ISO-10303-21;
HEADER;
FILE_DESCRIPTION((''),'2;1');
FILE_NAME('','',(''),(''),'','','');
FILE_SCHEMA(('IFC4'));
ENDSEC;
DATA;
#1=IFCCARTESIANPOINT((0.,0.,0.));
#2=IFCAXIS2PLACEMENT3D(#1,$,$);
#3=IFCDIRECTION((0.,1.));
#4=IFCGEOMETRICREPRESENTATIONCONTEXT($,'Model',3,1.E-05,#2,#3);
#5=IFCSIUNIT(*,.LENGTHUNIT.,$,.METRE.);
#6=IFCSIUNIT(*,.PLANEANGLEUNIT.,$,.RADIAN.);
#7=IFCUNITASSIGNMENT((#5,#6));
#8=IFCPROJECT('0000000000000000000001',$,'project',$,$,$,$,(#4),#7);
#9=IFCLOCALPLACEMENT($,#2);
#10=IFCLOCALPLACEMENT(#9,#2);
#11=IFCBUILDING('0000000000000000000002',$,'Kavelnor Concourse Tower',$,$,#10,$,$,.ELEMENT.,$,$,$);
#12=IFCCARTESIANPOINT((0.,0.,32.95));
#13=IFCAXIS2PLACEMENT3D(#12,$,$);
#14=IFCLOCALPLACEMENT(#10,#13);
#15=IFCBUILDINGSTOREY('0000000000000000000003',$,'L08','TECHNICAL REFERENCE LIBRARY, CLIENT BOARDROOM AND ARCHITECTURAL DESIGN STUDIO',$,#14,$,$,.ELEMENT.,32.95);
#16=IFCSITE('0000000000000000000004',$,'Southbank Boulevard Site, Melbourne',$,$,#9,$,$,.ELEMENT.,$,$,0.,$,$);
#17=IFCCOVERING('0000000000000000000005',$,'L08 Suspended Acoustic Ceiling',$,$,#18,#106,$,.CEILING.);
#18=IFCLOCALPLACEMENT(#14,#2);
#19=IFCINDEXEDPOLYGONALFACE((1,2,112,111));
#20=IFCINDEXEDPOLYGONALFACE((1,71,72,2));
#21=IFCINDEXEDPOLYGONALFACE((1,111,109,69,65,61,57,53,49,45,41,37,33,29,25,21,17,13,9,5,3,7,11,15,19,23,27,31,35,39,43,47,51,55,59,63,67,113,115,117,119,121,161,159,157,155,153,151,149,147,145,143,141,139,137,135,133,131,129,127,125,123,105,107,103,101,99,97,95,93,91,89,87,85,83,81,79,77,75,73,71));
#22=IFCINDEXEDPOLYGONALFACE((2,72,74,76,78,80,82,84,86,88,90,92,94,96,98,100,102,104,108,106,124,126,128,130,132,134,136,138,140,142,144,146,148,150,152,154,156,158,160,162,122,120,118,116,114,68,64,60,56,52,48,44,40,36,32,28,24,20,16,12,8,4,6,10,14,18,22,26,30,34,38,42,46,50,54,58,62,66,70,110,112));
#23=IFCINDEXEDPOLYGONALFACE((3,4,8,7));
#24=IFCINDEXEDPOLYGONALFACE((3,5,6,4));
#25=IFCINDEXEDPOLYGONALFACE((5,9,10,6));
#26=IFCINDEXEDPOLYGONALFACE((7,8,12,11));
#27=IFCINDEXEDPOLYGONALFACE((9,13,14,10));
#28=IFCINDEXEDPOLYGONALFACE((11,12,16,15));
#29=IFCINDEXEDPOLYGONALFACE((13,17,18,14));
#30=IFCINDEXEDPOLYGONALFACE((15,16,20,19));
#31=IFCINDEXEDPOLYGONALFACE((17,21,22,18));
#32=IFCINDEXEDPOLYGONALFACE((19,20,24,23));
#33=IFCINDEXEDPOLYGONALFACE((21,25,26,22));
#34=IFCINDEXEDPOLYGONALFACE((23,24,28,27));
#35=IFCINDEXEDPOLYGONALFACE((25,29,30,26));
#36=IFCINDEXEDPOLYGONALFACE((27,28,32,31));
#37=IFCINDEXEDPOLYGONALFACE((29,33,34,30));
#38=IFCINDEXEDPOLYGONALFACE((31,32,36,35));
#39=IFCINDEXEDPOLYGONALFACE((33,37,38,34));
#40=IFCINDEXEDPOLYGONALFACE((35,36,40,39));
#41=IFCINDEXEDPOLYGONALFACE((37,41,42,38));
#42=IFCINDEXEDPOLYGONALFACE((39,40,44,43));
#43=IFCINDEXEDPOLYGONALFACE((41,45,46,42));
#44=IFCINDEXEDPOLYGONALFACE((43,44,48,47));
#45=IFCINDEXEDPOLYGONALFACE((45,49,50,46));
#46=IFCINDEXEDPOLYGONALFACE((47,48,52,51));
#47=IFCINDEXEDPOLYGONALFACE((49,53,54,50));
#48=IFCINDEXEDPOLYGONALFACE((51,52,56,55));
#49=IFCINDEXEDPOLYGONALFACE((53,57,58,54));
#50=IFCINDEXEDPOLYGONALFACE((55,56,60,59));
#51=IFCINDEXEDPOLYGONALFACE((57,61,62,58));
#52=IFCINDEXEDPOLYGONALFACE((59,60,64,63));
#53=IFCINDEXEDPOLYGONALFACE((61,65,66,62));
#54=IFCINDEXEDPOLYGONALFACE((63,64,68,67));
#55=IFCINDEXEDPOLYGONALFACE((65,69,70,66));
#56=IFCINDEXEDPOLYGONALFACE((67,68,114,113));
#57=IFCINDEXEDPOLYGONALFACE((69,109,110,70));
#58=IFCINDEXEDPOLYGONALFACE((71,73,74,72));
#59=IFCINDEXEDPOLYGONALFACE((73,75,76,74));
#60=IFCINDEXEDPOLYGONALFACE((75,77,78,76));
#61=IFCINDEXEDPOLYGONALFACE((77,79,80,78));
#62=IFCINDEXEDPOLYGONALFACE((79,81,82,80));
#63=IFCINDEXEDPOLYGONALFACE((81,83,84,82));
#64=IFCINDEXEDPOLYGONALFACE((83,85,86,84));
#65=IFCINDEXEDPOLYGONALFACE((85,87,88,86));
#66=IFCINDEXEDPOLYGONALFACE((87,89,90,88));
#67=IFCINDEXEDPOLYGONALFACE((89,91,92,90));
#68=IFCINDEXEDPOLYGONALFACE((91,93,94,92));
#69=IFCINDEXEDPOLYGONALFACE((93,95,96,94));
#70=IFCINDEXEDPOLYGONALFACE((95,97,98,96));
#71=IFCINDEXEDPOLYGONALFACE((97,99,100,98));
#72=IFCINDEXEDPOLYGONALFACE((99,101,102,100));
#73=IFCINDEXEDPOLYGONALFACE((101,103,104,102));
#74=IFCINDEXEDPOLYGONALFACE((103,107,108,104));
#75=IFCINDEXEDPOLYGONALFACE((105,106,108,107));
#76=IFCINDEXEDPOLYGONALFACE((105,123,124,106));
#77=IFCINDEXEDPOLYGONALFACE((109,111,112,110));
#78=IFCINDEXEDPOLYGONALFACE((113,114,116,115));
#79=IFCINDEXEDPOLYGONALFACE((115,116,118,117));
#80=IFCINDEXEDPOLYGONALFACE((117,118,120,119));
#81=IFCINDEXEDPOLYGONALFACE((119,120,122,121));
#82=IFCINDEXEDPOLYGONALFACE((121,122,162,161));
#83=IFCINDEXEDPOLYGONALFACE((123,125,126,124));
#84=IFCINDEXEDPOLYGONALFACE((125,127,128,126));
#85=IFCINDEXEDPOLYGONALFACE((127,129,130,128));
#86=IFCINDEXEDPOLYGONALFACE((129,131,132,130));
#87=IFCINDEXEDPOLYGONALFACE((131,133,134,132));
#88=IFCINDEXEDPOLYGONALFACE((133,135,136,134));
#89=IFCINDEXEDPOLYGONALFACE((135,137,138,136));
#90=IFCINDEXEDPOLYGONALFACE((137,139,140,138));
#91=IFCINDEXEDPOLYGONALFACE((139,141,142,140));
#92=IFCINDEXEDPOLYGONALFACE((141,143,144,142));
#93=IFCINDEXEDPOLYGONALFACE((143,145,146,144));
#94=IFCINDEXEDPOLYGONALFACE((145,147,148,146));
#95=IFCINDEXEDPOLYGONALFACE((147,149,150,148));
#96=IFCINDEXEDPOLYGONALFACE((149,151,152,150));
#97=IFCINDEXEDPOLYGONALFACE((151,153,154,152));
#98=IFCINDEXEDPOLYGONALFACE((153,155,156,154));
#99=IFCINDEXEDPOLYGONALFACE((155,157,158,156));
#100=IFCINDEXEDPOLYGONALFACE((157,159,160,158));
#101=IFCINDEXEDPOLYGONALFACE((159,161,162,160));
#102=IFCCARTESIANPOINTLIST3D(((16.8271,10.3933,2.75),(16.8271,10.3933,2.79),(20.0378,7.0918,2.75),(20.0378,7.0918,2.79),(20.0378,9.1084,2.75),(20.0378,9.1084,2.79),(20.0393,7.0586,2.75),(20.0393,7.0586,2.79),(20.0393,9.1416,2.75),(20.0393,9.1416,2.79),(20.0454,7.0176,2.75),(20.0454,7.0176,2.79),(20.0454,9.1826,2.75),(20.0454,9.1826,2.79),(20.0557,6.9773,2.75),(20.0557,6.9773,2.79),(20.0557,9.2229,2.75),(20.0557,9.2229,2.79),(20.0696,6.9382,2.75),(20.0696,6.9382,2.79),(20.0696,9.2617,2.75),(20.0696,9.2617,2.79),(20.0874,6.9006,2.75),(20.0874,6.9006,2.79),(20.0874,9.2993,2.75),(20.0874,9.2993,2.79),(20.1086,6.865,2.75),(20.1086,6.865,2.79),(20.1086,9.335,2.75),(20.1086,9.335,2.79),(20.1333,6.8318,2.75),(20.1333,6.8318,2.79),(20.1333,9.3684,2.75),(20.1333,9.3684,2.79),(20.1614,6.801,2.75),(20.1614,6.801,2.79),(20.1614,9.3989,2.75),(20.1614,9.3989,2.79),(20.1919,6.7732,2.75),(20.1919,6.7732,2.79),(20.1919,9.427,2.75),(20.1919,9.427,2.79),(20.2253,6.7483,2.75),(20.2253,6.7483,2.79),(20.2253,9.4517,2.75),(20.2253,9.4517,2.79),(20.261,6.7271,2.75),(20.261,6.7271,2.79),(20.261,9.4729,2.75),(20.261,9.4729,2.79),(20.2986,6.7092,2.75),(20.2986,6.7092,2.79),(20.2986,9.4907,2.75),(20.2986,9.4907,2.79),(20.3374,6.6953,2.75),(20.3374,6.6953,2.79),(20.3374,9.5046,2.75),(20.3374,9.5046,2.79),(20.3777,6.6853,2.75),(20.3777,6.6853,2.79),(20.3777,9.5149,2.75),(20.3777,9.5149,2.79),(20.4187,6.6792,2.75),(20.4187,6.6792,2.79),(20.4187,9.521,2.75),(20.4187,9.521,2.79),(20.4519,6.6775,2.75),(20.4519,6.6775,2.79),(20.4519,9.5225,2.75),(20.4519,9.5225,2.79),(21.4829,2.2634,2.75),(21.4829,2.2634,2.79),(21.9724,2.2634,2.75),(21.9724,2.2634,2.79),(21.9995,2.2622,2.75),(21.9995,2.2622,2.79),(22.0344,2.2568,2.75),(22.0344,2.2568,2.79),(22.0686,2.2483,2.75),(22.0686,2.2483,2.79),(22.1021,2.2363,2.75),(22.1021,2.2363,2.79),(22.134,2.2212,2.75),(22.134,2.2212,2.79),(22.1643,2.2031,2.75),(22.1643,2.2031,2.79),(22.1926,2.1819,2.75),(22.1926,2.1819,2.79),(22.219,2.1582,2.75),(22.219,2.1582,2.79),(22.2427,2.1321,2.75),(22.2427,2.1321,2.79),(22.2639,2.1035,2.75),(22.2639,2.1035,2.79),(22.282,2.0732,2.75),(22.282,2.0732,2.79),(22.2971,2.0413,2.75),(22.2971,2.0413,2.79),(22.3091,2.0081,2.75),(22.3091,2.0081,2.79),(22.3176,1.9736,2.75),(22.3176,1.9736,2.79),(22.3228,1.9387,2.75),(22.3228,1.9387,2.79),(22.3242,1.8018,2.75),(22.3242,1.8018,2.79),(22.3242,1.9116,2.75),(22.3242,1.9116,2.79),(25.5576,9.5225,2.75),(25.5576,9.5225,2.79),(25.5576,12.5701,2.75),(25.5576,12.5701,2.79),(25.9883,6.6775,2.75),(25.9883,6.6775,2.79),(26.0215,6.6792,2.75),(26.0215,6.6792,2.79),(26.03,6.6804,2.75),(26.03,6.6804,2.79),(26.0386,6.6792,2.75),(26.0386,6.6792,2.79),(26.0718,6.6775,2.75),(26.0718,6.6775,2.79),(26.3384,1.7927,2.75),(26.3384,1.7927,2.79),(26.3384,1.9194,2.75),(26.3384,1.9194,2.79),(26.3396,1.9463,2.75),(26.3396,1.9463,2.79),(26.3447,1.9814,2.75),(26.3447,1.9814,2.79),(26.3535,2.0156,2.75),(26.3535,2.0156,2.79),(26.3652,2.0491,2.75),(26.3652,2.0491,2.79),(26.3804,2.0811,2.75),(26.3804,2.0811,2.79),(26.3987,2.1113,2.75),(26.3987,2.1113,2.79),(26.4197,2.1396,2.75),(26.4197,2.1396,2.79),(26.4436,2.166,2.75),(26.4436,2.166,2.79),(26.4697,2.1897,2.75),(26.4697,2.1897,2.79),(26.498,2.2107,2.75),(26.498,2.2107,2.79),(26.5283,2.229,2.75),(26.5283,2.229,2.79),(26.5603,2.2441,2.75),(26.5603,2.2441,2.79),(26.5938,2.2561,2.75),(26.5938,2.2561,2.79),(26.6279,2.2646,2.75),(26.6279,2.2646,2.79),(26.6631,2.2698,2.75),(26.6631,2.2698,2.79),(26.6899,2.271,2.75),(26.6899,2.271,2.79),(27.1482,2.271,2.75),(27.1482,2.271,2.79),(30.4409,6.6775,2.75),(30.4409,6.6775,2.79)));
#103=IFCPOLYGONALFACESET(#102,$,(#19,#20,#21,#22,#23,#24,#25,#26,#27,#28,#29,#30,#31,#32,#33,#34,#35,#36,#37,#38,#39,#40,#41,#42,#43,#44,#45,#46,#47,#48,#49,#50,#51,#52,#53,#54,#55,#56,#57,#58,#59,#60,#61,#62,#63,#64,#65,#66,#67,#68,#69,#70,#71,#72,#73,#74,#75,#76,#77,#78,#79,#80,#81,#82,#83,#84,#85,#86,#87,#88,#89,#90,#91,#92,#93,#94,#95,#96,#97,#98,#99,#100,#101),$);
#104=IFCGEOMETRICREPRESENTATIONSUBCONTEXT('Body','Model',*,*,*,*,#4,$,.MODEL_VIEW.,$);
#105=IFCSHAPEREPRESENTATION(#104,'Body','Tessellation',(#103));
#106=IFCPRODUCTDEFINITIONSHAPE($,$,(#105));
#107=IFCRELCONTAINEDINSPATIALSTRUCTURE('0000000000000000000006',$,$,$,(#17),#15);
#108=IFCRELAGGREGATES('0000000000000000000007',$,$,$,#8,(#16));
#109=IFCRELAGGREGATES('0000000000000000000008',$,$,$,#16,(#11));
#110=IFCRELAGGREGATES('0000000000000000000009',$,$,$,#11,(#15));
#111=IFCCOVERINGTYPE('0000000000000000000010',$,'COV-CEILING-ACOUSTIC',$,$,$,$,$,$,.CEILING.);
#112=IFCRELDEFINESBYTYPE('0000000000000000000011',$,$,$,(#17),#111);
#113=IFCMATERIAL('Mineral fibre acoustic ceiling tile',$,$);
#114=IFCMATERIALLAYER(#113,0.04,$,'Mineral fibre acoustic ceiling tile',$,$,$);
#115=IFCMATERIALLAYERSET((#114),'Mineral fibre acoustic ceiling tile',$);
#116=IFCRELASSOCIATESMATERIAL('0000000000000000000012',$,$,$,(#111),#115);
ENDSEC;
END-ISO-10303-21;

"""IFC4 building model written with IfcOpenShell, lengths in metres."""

from ifc_helpers import new_model, si_unit, direction, frame, origin, place, context, subcontext, project, spatial, polyline, outline, extrude, material, layer, layer_set, type_object, element, save


model = new_model("IFC4")

# Units and contexts
model_context = context("Model", 3, precision=1e-05, world=origin(), true_north=direction((0.0, 1.0)))
body_context = subcontext(model_context, "Body", "Model", "MODEL_VIEW")
ifc_project = project(units=[si_unit("LENGTHUNIT", "METRE"), si_unit("PLANEANGLEUNIT", "RADIAN")], contexts=[model_context])

# Site, building, storey
site_placement = place(None, origin())
site = spatial("IfcSite", under=ifc_project, at=site_placement, Name="Southbank Boulevard Site, Melbourne", CompositionType="ELEMENT", RefElevation=0.0)
building_placement = place(site_placement, origin())
building = spatial("IfcBuilding", under=site, at=building_placement, Name="Kavelnor Concourse Tower", CompositionType="ELEMENT")
storey_placement = place(building_placement, frame((0.0, 0.0, 32.95)))
storey = spatial("IfcBuildingStorey", under=building, at=storey_placement, Name="L08", Description="TECHNICAL REFERENCE LIBRARY, CLIENT BOARDROOM AND ARCHITECTURAL DESIGN STUDIO", CompositionType="ELEMENT", Elevation=32.95)

# Covering
ifc_material_1 = material(Name="Mineral fibre acoustic ceiling tile")
ifc_layer_1 = layer(ifc_material_1, 0.04, Name="Mineral fibre acoustic ceiling tile")
ifc_layer_set_1 = layer_set([ifc_layer_1], Name="Mineral fibre acoustic ceiling tile")
covering_type_1 = type_object("IfcCoveringType", Name="COV-CEILING-ACOUSTIC", PredefinedType="CEILING", material=ifc_layer_set_1)
covering_1_placement = place(storey_placement, frame((0.0, 0.0, 2.75)))
element("IfcCovering", 1, at=covering_1_placement, inside=storey, type_object=covering_type_1, Name="L08 Suspended Acoustic Ceiling", PredefinedType="CEILING", context=body_context, shape_type="SweptSolid", body=[
    extrude(outline(polyline([(20.4519, 9.5225), (20.4187, 9.521), (20.3777, 9.5149), (20.3374, 9.5046), (20.2986, 9.4907), (20.261, 9.4729), (20.2253, 9.4517), (20.1919, 9.427), (20.1614, 9.3989), (20.1333, 9.3684), (20.1086, 9.335), (20.0874, 9.2993), (20.0696, 9.2617), (20.0557, 9.2229), (20.0454, 9.1826), (20.0393, 9.1416), (20.0378, 9.1084), (20.0378, 7.0918), (20.0393, 7.0586), (20.0454, 7.0176), (20.0557, 6.9773), (20.0696, 6.9382), (20.0874, 6.9006), (20.1086, 6.865), (20.1333, 6.8318), (20.1614, 6.801), (20.1919, 6.7732), (20.2253, 6.7483), (20.261, 6.7271), (20.2986, 6.7092), (20.3374, 6.6953), (20.3777, 6.6853), (20.4187, 6.6792), (20.4519, 6.6775), (25.9883, 6.6775), (26.0215, 6.6792), (26.03, 6.6804), (26.0386, 6.6792), (26.0718, 6.6775), (30.4409, 6.6775), (27.1482, 2.271), (26.6899, 2.271), (26.6631, 2.2698), (26.6279, 2.2646), (26.5938, 2.2561), (26.5603, 2.2441), (26.5283, 2.229), (26.498, 2.2107), (26.4697, 2.1897), (26.4436, 2.166), (26.4197, 2.1396), (26.3987, 2.1113), (26.3804, 2.0811), (26.3652, 2.0491), (26.3535, 2.0156), (26.3447, 1.9814), (26.3396, 1.9463), (26.3384, 1.9194), (26.3384, 1.7927), (22.3242, 1.8018), (22.3242, 1.9116), (22.3228, 1.9387), (22.3176, 1.9736), (22.3091, 2.0081), (22.2971, 2.0413), (22.282, 2.0732), (22.2639, 2.1035), (22.2427, 2.1321), (22.219, 2.1582), (22.1926, 2.1819), (22.1643, 2.2031), (22.134, 2.2212), (22.1021, 2.2363), (22.0686, 2.2483), (22.0344, 2.2568), (21.9995, 2.2622), (21.9724, 2.2634), (21.4829, 2.2634), (16.8271, 10.3933), (25.5576, 12.5701), (25.5576, 9.5225), (20.4519, 9.5225)])), origin(), (0.0, 0.0, 1.0), 0.04),
])

save(model, "model.ifc")
